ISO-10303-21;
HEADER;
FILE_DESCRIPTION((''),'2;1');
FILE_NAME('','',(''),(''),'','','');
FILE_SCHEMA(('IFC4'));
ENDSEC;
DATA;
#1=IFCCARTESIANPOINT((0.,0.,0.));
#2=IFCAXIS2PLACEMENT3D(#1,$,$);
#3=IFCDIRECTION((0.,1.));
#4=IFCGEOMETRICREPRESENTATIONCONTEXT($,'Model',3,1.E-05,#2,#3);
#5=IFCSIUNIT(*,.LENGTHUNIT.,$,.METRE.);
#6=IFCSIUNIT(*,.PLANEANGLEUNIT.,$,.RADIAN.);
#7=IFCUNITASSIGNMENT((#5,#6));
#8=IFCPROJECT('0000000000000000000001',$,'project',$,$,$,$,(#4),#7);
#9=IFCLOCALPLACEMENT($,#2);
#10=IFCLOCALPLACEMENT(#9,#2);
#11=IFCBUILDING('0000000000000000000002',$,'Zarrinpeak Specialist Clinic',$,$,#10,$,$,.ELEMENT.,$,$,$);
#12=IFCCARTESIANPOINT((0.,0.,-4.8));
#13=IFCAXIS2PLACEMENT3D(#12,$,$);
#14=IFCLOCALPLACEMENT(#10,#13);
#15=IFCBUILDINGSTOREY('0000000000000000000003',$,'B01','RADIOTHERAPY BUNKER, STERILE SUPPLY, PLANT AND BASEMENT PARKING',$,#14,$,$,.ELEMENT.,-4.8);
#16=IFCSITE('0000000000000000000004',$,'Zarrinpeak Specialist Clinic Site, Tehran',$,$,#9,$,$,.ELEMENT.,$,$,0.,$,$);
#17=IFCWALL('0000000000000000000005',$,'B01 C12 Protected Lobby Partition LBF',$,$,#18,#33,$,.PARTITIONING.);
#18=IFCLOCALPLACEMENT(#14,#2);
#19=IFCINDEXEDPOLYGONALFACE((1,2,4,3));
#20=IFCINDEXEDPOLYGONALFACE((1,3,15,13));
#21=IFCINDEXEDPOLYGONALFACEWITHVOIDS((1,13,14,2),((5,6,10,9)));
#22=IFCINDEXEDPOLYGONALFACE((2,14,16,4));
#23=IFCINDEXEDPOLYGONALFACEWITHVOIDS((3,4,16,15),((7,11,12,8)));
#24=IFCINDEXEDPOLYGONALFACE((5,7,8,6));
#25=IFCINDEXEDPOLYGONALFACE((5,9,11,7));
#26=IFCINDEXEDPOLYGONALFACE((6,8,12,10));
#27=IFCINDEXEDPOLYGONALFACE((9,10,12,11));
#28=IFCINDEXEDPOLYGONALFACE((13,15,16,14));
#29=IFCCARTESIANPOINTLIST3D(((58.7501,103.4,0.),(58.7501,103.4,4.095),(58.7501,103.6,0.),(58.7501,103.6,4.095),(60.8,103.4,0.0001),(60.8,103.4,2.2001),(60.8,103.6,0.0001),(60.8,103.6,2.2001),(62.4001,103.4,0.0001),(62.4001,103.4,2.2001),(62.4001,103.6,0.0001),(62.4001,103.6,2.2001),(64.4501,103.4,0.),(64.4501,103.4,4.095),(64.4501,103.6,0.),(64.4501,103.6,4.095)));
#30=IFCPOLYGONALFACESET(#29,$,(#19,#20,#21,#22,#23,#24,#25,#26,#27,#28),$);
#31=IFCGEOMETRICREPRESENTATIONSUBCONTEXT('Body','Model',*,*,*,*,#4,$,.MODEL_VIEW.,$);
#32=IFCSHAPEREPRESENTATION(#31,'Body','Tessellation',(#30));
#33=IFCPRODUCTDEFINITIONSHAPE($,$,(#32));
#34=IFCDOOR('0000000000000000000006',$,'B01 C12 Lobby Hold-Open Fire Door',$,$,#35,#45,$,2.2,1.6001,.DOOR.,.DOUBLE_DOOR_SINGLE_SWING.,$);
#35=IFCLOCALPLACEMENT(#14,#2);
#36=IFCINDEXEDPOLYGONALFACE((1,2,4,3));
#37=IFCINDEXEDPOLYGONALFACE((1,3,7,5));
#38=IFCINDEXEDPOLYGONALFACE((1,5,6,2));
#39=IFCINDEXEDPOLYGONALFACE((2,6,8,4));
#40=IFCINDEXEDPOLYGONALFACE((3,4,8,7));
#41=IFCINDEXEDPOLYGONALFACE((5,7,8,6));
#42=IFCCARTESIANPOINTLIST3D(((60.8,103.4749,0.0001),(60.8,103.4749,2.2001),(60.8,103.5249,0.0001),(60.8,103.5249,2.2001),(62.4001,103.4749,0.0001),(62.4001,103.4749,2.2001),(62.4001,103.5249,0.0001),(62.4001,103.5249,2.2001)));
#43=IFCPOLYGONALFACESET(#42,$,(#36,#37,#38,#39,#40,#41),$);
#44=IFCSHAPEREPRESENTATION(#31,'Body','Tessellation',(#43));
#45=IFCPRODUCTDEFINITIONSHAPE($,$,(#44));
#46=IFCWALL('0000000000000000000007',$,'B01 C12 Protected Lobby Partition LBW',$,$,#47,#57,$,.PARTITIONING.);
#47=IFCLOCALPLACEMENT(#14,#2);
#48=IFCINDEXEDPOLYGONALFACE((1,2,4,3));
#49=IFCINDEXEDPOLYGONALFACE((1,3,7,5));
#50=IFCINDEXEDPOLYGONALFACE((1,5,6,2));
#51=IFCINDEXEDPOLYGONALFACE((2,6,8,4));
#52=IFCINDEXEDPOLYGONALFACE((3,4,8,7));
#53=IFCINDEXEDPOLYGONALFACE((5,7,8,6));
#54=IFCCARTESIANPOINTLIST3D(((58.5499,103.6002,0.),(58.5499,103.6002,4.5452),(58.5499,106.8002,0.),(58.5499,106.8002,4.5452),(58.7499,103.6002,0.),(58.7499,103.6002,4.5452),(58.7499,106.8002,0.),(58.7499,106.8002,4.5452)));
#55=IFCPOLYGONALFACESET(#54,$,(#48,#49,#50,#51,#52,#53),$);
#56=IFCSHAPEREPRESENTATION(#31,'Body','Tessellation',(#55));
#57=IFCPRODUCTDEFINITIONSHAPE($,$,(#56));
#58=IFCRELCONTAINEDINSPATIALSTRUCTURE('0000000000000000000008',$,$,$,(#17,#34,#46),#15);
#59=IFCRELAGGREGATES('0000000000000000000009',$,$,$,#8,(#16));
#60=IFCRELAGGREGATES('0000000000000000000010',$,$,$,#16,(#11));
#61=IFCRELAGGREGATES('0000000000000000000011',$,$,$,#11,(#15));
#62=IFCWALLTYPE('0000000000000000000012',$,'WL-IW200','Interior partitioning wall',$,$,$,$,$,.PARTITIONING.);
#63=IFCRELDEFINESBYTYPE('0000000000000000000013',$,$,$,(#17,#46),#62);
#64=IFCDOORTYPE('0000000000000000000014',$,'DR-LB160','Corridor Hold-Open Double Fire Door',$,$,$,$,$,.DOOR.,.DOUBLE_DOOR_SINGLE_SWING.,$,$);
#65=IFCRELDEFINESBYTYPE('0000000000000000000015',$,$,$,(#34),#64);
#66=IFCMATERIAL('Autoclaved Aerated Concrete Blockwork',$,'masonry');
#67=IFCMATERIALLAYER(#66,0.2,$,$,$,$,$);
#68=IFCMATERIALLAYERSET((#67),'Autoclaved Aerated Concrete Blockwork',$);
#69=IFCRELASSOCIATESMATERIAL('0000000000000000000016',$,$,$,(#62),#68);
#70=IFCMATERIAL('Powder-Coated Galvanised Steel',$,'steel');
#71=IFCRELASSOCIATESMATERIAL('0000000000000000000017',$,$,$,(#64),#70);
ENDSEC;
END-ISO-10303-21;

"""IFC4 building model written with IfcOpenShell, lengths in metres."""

from ifc_helpers import new_model, si_unit, direction, frame, frame_2d, origin, place, context, subcontext, project, spatial, rectangle, extrude, material, layer, layer_set, type_object, element, fill, save


model = new_model("IFC4")

# Units and contexts
model_context = context("Model", 3, precision=1e-05, world=origin(), true_north=direction((0.0, 1.0)))
body_context = subcontext(model_context, "Body", "Model", "MODEL_VIEW")
ifc_project = project(units=[si_unit("LENGTHUNIT", "METRE"), si_unit("PLANEANGLEUNIT", "RADIAN")], contexts=[model_context])

# Site, building, storey
site_placement = place(None, origin())
site = spatial("IfcSite", under=ifc_project, at=site_placement, Name="Zarrinpeak Specialist Clinic Site, Tehran", CompositionType="ELEMENT", RefElevation=0.0)
building_placement = place(site_placement, origin())
building = spatial("IfcBuilding", under=site, at=building_placement, Name="Zarrinpeak Specialist Clinic", CompositionType="ELEMENT")
storey_placement = place(building_placement, frame((0.0, 0.0, -4.8)))
storey = spatial("IfcBuildingStorey", under=building, at=storey_placement, Name="B01", Description="RADIOTHERAPY BUNKER, STERILE SUPPLY, PLANT AND BASEMENT PARKING", CompositionType="ELEMENT", Elevation=-4.8)

# Shared definitions
ifc_material_1 = material(Name="Powder-Coated Galvanised Steel", Category="steel")

# Wall, opening, door
ifc_material_2 = material(Name="Autoclaved Aerated Concrete Blockwork", Category="masonry")
ifc_layer_1 = layer(ifc_material_2, 0.2)
ifc_layer_set_1 = layer_set([ifc_layer_1], Name="Autoclaved Aerated Concrete Blockwork")
wall_type_1 = type_object("IfcWallType", Name="WL-IW200", Description="Interior partitioning wall", PredefinedType="PARTITIONING", material=ifc_layer_set_1)
wall_1_placement = place(storey_placement, frame((58.75, 103.5, 0.0), z_axis=(0.0, 0.0, 1.0), x_axis=(1.0, 0.0, 0.0)))
wall_1 = element("IfcWall", 1, at=wall_1_placement, inside=storey, type_object=wall_type_1, Name="B01 C12 Protected Lobby Partition LBF", PredefinedType="PARTITIONING", context=body_context, shape_type="SweptSolid", body=[
    extrude(rectangle(XDim=5.7, YDim=0.2, at=frame_2d((2.8501, 0.0))), origin(), (0.0, 0.0, 1.0), 4.095),
])
opening_1_placement = place(wall_1_placement, frame((2.05, 0.0, 0.0)))
opening_1 = element("IfcOpeningElement", 2, at=opening_1_placement, cuts=wall_1, PredefinedType="OPENING", context=body_context, shape_type="SweptSolid", body=[
    extrude(rectangle(XDim=1.6001, YDim=2.2, at=frame_2d((0.8, 1.1001))), frame((0.0, 0.1099, 0.0), z_axis=(0.0, -1.0, 0.0), x_axis=(1.0, 0.0, 0.0)), (0.0, 0.0, 1.0), 0.22),
])
door_type_1 = type_object("IfcDoorType", Name="DR-LB160", Description="Corridor Hold-Open Double Fire Door", OperationType="DOUBLE_DOOR_SINGLE_SWING", PredefinedType="DOOR", material=ifc_material_1)
door_1_placement = place(opening_1_placement, origin())
door_1 = element("IfcDoor", 3, at=door_1_placement, inside=storey, type_object=door_type_1, Name="B01 C12 Lobby Hold-Open Fire Door", OperationType="DOUBLE_DOOR_SINGLE_SWING", OverallHeight=2.2, OverallWidth=1.6001, PredefinedType="DOOR", context=body_context, shape_type="SweptSolid", body=[
    extrude(rectangle(XDim=1.6001, YDim=2.2, at=frame_2d((0.8, 1.1001))), frame((0.0, 0.0249, 0.0), z_axis=(0.0, -1.0, 0.0), x_axis=(1.0, 0.0, 0.0)), (0.0, 0.0, 1.0), 0.05),
])
fill(opening_1, door_1)

# Wall
wall_2_placement = place(storey_placement, frame((58.6499, 103.6001, 0.0), z_axis=(0.0, 0.0, 1.0), x_axis=(0.0, 1.0, 0.0)))
element("IfcWall", 4, at=wall_2_placement, inside=storey, type_object=wall_type_1, Name="B01 C12 Protected Lobby Partition LBW", PredefinedType="PARTITIONING", context=body_context, shape_type="SweptSolid", body=[
    extrude(rectangle(XDim=3.2, YDim=0.2, at=frame_2d((1.6001, 0.0))), origin(), (0.0, 0.0, 1.0), 4.5452),
])

save(model, "model.ifc")
